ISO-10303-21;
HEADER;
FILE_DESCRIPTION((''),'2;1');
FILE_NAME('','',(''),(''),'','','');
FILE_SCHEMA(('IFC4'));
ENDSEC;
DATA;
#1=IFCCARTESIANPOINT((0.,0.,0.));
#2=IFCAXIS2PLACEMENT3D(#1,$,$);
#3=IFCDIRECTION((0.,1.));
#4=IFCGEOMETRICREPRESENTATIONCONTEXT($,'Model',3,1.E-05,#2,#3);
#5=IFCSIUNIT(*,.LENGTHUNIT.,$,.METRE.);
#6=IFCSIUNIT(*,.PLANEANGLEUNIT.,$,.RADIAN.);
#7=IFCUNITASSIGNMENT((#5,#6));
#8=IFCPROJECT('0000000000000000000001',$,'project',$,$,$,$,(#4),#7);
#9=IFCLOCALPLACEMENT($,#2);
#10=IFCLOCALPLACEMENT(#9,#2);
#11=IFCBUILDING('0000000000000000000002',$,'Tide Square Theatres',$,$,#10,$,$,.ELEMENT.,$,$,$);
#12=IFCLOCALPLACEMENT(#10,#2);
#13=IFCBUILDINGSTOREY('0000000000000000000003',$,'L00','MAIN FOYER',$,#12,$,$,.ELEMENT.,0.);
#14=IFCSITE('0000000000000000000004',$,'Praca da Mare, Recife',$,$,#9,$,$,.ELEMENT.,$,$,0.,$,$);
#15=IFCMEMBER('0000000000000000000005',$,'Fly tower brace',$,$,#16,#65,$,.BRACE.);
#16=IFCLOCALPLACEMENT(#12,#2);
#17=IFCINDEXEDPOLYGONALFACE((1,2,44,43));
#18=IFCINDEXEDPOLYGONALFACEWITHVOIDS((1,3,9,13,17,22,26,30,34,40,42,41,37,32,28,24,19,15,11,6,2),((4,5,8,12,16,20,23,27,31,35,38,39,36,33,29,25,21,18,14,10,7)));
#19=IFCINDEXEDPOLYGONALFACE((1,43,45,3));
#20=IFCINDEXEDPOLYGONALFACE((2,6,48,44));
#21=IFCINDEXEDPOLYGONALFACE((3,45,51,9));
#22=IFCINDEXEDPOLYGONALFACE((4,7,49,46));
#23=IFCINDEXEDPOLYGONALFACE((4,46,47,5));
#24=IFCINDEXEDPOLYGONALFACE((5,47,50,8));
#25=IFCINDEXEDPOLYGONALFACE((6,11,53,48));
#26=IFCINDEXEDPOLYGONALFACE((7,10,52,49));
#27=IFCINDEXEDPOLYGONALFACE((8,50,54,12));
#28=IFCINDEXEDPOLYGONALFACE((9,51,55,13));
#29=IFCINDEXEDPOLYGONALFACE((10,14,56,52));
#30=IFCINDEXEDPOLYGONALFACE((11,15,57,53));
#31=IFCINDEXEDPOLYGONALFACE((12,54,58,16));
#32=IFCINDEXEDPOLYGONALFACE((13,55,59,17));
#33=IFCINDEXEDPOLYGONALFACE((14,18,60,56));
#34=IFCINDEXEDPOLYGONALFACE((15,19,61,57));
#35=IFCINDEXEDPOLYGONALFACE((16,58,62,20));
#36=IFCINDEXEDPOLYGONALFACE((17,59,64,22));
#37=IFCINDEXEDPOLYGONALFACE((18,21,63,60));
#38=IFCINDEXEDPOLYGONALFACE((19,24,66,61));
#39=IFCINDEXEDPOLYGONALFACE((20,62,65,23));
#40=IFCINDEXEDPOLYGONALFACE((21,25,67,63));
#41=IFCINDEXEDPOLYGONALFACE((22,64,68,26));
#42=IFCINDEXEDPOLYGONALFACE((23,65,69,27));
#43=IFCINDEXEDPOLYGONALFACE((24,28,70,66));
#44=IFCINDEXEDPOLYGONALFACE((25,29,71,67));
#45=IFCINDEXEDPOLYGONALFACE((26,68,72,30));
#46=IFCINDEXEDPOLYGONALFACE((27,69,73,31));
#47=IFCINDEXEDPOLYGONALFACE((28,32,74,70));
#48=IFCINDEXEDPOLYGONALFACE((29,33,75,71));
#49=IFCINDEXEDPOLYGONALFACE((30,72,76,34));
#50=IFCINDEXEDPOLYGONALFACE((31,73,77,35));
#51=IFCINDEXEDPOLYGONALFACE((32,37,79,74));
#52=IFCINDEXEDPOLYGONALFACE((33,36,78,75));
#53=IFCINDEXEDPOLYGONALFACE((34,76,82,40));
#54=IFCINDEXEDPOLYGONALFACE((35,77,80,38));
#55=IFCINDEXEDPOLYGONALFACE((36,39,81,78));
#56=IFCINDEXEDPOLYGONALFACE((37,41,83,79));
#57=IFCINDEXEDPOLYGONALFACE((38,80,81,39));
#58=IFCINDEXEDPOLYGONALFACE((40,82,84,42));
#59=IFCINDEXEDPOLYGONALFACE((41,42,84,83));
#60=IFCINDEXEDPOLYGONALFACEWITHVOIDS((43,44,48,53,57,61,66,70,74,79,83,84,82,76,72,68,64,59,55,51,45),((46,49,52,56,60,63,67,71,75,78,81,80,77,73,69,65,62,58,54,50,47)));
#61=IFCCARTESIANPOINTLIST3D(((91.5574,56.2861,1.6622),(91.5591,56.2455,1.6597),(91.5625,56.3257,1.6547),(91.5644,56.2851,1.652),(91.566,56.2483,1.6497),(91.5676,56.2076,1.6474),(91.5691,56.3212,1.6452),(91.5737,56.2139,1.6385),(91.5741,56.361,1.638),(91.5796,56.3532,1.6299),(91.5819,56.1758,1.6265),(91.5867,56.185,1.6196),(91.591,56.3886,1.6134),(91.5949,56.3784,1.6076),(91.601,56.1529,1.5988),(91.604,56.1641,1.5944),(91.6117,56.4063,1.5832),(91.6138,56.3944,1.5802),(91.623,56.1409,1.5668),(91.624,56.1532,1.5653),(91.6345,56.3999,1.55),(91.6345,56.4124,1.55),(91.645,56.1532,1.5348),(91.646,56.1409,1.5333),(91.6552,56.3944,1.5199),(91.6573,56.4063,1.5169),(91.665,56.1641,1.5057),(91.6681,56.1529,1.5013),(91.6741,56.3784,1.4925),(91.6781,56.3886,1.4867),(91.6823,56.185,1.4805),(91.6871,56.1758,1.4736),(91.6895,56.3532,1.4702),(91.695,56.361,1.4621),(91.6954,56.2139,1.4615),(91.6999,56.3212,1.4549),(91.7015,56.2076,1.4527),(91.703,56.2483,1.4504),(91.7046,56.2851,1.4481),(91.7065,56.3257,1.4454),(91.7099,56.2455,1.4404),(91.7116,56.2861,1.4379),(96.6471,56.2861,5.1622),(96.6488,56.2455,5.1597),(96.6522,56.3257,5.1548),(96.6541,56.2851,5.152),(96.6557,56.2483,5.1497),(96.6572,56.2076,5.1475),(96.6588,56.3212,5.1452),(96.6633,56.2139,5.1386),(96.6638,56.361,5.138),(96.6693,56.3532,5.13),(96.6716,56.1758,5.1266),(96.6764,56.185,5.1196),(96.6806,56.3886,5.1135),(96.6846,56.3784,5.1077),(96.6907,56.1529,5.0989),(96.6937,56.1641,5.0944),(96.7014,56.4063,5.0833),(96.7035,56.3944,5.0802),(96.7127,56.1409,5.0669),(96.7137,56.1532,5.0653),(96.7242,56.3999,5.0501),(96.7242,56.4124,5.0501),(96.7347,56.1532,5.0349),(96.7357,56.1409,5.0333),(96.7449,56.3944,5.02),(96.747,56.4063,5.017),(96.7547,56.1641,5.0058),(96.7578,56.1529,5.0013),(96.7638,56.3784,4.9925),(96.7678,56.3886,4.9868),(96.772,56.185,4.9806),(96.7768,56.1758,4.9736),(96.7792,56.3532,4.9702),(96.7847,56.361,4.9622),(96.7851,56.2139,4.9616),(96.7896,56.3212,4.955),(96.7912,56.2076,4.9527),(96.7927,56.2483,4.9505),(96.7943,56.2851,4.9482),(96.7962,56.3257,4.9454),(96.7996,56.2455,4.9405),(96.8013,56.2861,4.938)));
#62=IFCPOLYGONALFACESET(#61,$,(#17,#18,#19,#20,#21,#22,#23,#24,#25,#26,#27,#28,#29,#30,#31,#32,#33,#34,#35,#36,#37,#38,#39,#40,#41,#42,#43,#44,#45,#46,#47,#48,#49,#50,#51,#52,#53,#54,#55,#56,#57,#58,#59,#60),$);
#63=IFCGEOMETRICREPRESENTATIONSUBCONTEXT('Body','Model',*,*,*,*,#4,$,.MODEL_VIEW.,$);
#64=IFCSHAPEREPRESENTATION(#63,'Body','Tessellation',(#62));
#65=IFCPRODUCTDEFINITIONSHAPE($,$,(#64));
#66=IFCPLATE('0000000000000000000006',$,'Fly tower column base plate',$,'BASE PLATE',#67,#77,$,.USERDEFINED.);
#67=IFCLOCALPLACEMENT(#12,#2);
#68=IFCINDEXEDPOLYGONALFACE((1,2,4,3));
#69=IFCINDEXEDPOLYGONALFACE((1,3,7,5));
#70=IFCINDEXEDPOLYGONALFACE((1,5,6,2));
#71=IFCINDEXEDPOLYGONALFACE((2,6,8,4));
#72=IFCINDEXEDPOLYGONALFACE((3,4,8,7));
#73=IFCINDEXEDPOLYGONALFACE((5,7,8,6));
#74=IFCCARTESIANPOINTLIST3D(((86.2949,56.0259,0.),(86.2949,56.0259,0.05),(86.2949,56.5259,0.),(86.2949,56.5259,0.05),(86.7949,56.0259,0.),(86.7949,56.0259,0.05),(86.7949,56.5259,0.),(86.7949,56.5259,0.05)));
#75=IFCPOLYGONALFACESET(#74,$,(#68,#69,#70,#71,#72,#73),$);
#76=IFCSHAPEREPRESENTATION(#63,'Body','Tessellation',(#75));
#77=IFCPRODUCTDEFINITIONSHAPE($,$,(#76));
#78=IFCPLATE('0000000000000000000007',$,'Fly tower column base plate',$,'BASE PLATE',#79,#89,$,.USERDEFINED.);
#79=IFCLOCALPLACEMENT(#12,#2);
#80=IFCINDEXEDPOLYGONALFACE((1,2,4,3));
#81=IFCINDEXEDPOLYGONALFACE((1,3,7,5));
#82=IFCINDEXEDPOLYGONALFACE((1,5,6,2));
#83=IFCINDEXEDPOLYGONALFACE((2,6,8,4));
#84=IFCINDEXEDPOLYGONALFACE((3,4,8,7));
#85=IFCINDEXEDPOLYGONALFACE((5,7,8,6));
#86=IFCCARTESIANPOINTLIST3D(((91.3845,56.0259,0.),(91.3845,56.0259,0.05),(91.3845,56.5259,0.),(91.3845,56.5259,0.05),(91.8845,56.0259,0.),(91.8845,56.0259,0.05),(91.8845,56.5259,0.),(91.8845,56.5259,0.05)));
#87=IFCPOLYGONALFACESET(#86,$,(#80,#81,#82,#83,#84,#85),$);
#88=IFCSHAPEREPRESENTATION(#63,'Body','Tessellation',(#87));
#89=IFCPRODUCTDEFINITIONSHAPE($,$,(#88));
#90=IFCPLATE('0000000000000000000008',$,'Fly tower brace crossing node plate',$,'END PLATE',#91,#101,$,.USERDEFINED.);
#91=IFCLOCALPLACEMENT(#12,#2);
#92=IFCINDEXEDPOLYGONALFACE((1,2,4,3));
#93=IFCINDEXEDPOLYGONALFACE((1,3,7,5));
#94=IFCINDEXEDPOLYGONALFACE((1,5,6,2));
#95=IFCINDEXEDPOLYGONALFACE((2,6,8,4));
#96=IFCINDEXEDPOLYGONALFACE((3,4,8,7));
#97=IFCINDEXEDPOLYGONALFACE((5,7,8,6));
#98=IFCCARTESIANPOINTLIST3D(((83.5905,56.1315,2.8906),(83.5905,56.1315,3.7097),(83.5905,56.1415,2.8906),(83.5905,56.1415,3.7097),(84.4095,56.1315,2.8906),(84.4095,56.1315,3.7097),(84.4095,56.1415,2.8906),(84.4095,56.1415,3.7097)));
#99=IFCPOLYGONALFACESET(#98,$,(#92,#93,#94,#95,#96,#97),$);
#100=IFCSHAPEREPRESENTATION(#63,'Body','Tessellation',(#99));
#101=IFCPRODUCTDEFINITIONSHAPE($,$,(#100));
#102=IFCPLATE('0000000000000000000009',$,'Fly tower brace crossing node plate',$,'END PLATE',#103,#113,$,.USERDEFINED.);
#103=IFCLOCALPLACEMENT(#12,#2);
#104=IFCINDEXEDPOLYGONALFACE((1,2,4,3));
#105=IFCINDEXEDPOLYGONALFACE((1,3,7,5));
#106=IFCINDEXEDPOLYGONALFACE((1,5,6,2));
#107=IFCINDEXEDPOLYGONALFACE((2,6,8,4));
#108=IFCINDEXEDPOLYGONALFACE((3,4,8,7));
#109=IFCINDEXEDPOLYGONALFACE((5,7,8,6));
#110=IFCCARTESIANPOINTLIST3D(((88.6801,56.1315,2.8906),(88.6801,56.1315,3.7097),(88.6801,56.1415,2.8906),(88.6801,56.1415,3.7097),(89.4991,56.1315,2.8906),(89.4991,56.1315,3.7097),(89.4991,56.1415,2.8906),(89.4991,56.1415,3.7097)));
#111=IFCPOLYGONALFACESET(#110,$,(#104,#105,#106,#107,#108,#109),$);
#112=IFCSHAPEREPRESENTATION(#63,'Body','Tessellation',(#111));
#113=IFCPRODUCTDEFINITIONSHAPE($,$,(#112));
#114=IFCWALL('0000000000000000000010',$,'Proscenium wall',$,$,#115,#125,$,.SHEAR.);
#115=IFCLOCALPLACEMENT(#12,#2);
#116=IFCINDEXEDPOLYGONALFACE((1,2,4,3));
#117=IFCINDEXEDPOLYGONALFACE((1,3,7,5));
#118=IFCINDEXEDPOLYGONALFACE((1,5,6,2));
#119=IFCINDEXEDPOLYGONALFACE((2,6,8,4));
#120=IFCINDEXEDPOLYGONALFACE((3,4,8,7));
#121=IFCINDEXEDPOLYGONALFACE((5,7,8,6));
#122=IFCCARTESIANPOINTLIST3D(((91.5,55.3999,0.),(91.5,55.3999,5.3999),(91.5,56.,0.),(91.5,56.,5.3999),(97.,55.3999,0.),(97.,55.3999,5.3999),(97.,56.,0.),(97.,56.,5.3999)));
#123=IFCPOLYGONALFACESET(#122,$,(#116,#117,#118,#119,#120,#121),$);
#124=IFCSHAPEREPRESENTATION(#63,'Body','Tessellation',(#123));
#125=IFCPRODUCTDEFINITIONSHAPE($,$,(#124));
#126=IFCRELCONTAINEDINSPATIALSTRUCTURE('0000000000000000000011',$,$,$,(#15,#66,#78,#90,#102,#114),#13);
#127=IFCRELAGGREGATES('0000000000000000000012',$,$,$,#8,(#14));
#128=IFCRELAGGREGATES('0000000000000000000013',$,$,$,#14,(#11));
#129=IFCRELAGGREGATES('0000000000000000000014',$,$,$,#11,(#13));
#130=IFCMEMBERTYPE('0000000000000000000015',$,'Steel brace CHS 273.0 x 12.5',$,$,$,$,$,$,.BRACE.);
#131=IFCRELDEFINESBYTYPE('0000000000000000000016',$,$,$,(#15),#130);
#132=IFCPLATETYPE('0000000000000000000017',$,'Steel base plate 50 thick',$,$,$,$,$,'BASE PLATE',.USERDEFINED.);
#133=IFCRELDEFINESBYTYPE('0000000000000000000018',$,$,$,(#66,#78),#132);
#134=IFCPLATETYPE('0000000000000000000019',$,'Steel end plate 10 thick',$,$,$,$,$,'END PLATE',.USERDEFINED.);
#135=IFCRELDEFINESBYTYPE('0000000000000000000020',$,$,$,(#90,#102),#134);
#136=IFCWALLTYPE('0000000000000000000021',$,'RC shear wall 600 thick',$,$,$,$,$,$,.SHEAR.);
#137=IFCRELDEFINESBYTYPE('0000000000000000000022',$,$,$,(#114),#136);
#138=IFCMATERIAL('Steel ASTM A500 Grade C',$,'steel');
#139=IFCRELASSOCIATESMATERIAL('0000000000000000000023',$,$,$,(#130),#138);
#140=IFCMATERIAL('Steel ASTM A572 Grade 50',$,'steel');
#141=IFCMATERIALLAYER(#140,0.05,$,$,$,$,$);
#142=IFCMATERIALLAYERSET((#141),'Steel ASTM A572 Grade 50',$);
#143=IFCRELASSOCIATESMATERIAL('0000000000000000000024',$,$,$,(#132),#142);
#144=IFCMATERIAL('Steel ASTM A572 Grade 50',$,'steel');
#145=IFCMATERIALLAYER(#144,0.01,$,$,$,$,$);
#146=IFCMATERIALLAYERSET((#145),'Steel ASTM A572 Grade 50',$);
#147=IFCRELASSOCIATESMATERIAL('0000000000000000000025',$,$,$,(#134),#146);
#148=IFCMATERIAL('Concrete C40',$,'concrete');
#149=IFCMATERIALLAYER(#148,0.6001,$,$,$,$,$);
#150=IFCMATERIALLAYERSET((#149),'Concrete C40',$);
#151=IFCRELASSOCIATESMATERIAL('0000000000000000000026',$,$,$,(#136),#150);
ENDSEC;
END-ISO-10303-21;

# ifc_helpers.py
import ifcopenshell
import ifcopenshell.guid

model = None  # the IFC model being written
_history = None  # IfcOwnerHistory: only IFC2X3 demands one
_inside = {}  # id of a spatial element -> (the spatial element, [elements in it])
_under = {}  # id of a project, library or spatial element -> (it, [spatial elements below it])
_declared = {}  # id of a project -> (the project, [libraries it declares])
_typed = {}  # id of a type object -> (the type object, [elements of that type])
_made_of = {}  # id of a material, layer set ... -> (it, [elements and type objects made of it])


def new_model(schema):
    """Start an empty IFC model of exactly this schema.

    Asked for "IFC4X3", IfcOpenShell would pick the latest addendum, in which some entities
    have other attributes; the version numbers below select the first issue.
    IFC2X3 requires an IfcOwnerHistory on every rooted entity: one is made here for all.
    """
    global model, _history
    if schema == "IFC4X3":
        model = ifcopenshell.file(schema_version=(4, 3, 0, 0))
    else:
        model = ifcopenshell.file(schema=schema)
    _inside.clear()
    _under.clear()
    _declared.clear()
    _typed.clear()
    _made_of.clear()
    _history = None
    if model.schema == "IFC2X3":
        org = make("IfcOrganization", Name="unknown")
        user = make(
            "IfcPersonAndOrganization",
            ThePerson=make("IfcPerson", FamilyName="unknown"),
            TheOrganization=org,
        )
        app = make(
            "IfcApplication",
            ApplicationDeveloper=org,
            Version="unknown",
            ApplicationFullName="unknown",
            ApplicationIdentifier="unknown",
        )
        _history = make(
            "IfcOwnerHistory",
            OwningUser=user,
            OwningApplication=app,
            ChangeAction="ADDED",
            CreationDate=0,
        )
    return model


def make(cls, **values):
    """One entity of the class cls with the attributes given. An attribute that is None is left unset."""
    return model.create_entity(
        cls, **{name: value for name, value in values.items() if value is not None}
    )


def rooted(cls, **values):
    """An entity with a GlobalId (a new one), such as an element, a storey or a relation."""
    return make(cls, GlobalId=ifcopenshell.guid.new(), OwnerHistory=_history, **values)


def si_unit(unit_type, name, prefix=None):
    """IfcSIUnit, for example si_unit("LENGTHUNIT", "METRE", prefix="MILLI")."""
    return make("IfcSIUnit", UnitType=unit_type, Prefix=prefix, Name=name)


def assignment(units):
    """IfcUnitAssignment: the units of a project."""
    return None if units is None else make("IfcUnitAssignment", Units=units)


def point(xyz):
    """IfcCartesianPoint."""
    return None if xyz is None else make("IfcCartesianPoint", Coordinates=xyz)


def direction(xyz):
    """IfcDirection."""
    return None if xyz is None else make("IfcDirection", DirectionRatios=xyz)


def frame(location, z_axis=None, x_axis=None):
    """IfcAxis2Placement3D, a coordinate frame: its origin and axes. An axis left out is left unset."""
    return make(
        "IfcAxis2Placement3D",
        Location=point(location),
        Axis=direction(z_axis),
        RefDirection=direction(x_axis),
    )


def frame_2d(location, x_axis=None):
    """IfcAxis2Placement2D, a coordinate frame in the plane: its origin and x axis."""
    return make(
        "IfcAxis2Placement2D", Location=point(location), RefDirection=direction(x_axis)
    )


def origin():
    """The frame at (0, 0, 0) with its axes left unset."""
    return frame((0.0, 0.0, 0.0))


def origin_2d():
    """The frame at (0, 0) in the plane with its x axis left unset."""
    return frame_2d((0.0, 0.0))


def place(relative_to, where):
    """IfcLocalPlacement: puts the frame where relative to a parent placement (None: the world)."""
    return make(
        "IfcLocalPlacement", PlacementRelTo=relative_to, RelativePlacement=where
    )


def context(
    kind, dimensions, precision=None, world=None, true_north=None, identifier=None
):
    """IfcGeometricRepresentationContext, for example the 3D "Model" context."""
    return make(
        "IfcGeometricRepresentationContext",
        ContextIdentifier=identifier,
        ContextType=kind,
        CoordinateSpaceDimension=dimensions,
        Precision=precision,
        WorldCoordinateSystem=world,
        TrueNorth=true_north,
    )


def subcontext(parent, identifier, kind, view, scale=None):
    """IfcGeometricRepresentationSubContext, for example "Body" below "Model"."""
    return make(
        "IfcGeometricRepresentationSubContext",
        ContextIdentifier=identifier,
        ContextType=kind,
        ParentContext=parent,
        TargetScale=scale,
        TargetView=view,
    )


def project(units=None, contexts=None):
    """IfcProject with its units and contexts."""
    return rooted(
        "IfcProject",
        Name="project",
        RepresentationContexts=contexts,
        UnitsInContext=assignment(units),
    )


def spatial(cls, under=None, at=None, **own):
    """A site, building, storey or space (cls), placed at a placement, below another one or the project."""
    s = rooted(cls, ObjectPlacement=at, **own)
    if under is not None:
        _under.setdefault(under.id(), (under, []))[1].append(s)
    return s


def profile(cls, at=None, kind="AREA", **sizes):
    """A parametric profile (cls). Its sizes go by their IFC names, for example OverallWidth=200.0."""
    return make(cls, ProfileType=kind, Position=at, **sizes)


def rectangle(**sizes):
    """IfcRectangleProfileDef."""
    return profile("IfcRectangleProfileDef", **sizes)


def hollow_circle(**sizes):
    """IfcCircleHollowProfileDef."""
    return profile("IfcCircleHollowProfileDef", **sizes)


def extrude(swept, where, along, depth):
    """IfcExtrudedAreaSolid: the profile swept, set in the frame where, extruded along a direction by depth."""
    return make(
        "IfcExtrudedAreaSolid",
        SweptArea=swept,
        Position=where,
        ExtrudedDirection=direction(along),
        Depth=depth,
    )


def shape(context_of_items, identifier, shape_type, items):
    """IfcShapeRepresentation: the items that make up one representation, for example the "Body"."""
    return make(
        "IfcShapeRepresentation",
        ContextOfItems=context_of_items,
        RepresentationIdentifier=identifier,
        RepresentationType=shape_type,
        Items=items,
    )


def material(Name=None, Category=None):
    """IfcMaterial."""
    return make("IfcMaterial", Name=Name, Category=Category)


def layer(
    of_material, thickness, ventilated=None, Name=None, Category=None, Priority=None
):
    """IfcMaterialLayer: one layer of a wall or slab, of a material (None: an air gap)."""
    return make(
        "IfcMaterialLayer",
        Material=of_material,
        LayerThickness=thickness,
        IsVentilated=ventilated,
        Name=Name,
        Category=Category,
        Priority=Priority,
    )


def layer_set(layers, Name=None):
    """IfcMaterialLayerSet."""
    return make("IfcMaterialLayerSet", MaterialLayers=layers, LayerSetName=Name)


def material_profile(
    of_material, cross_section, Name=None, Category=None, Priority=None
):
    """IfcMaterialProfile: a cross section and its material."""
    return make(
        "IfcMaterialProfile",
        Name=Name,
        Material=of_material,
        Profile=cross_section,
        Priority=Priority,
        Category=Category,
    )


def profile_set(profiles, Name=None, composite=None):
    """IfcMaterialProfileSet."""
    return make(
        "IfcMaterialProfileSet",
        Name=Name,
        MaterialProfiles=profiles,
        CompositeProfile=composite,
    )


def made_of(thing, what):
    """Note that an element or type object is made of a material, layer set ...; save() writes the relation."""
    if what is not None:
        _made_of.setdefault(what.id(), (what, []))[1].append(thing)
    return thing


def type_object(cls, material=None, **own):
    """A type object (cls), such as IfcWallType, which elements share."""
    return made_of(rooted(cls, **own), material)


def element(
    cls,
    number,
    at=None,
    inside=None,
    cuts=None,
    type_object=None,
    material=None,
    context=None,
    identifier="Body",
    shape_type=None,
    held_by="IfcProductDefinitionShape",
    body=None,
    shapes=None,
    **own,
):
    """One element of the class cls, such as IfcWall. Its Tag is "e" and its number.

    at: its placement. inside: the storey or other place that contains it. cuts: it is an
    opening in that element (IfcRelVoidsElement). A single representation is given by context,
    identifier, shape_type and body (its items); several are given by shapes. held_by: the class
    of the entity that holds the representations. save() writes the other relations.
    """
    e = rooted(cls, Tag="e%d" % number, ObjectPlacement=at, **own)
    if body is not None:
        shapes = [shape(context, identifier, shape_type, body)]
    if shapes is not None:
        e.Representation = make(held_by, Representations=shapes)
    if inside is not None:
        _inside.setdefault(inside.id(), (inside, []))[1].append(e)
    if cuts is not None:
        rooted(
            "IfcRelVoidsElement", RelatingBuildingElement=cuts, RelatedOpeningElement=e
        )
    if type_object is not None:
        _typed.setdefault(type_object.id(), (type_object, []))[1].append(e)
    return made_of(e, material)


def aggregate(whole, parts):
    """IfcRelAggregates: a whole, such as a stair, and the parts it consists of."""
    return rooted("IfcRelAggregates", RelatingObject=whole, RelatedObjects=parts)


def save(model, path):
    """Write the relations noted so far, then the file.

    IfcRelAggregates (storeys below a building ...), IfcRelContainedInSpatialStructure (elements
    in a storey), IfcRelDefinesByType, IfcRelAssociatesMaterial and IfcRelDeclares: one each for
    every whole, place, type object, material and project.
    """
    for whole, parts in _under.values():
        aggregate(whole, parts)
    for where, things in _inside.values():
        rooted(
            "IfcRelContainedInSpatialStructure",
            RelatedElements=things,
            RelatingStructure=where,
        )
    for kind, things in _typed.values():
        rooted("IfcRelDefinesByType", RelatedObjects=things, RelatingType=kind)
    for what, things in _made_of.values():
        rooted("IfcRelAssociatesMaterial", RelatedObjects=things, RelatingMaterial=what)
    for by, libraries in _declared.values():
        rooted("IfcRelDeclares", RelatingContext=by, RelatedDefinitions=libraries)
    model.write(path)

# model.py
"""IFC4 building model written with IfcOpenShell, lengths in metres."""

from ifc_helpers import new_model, si_unit, direction, frame, frame_2d, origin, origin_2d, place, context, subcontext, project, spatial, rectangle, hollow_circle, extrude, material, layer, layer_set, material_profile, profile_set, type_object, element, save


model = new_model("IFC4")

# Units and contexts
model_context = context("Model", 3, precision=1e-05, world=origin(), true_north=direction((0.0, 1.0)))
body_context = subcontext(model_context, "Body", "Model", "MODEL_VIEW")
ifc_project = project(units=[si_unit("LENGTHUNIT", "METRE"), si_unit("PLANEANGLEUNIT", "RADIAN")], contexts=[model_context])

# Site, building, storey
site_placement = place(None, origin())
site = spatial("IfcSite", under=ifc_project, at=site_placement, Name="Praca da Mare, Recife", CompositionType="ELEMENT", RefElevation=0.0)
building_placement = place(site_placement, origin())
building = spatial("IfcBuilding", under=site, at=building_placement, Name="Tide Square Theatres", CompositionType="ELEMENT")
storey_placement = place(building_placement, origin())
storey = spatial("IfcBuildingStorey", under=building, at=storey_placement, Name="L00", Description="MAIN FOYER", CompositionType="ELEMENT", Elevation=0.0)

# Member
ifc_material_1 = material(Name="Steel ASTM A500 Grade C", Category="steel")
ifc_material_profile_1 = material_profile(ifc_material_1, hollow_circle(Radius=0.1365, WallThickness=0.0125, at=origin_2d()))
ifc_profile_set_1 = profile_set([ifc_material_profile_1], Name="Steel ASTM A500 Grade C")
member_type = type_object("IfcMemberType", Name="Steel brace CHS 273.0 x 12.5", PredefinedType="BRACE", material=ifc_profile_set_1)
member_1_placement = place(storey_placement, frame((91.6345, 56.2759, 1.55), z_axis=(0.823974, 0.0, 0.566628), x_axis=(0.0, 1.0, 0.0)))
element("IfcMember", 1, at=member_1_placement, inside=storey, type_object=member_type, Name="Fly tower brace", PredefinedType="BRACE", context=body_context, shape_type="SweptSolid", body=[
    extrude(hollow_circle(Radius=0.1365, WallThickness=0.0125, at=origin_2d()), origin(), (0.0, 0.0, 1.0), 6.177),
])

# Plates
ifc_material_2 = material(Name="Steel ASTM A572 Grade 50", Category="steel")
ifc_layer_1 = layer(ifc_material_2, 0.05)
ifc_layer_set_1 = layer_set([ifc_layer_1], Name="Steel ASTM A572 Grade 50")
plate_type_1 = type_object("IfcPlateType", Name="Steel base plate 50 thick", ElementType="BASE PLATE", PredefinedType="USERDEFINED", material=ifc_layer_set_1)
for number, where, z_axis, x_axis, name in (
    (2, (86.5449, 56.2759, 0.0), (0.0, 0.0, 1.0), (1.0, 0.0, 0.0), "Fly tower column base plate"),
    (3, (91.6345, 56.2759, 0.0), (0.0, 0.0, 1.0), (1.0, 0.0, 0.0), "Fly tower column base plate"),
):
    element("IfcPlate", number, at=place(storey_placement, frame(where, z_axis=z_axis, x_axis=x_axis)), inside=storey, type_object=plate_type_1, Name=name, ObjectType="BASE PLATE", PredefinedType="USERDEFINED", context=body_context, shape_type="SweptSolid", body=[
        extrude(rectangle(XDim=0.5, YDim=0.5, at=origin_2d()), origin(), (0.0, 0.0, 1.0), 0.05),
    ])
ifc_material_3 = material(Name="Steel ASTM A572 Grade 50", Category="steel")
ifc_layer_2 = layer(ifc_material_3, 0.01)
ifc_layer_set_2 = layer_set([ifc_layer_2], Name="Steel ASTM A572 Grade 50")
plate_type_2 = type_object("IfcPlateType", Name="Steel end plate 10 thick", ElementType="END PLATE", PredefinedType="USERDEFINED", material=ifc_layer_set_2)
for number, where, z_axis, x_axis, name in (
    (4, (84.0, 56.1365, 2.8906), (0.0, 0.0, 1.0), (0.0, -1.0, 0.0), "Fly tower brace crossing node plate"),
    (5, (89.0896, 56.1365, 2.8906), (0.0, 0.0, 1.0), (0.0, -1.0, 0.0), "Fly tower brace crossing node plate"),
):
    element("IfcPlate", number, at=place(storey_placement, frame(where, z_axis=z_axis, x_axis=x_axis)), inside=storey, type_object=plate_type_2, Name=name, ObjectType="END PLATE", PredefinedType="USERDEFINED", context=body_context, shape_type="SweptSolid", body=[
        extrude(rectangle(XDim=0.01, YDim=0.8191, at=origin_2d()), origin(), (0.0, 0.0, 1.0), 0.8191),
    ])

# Wall
ifc_material_4 = material(Name="Concrete C40", Category="concrete")
ifc_layer_3 = layer(ifc_material_4, 0.6001)
ifc_layer_set_3 = layer_set([ifc_layer_3], Name="Concrete C40")
wall_type = type_object("IfcWallType", Name="RC shear wall 600 thick", PredefinedType="SHEAR", material=ifc_layer_set_3)
wall_placement = place(storey_placement, frame((91.5, 55.7, 0.0), z_axis=(0.0, 0.0, 1.0), x_axis=(1.0, 0.0, 0.0)))
element("IfcWall", 6, at=wall_placement, inside=storey, type_object=wall_type, Name="Proscenium wall", PredefinedType="SHEAR", context=body_context, shape_type="SweptSolid", body=[
    extrude(rectangle(XDim=5.5, YDim=0.6001, at=frame_2d((2.75, 0.0))), origin(), (0.0, 0.0, 1.0), 5.3999),
])

save(model, "model.ifc")
